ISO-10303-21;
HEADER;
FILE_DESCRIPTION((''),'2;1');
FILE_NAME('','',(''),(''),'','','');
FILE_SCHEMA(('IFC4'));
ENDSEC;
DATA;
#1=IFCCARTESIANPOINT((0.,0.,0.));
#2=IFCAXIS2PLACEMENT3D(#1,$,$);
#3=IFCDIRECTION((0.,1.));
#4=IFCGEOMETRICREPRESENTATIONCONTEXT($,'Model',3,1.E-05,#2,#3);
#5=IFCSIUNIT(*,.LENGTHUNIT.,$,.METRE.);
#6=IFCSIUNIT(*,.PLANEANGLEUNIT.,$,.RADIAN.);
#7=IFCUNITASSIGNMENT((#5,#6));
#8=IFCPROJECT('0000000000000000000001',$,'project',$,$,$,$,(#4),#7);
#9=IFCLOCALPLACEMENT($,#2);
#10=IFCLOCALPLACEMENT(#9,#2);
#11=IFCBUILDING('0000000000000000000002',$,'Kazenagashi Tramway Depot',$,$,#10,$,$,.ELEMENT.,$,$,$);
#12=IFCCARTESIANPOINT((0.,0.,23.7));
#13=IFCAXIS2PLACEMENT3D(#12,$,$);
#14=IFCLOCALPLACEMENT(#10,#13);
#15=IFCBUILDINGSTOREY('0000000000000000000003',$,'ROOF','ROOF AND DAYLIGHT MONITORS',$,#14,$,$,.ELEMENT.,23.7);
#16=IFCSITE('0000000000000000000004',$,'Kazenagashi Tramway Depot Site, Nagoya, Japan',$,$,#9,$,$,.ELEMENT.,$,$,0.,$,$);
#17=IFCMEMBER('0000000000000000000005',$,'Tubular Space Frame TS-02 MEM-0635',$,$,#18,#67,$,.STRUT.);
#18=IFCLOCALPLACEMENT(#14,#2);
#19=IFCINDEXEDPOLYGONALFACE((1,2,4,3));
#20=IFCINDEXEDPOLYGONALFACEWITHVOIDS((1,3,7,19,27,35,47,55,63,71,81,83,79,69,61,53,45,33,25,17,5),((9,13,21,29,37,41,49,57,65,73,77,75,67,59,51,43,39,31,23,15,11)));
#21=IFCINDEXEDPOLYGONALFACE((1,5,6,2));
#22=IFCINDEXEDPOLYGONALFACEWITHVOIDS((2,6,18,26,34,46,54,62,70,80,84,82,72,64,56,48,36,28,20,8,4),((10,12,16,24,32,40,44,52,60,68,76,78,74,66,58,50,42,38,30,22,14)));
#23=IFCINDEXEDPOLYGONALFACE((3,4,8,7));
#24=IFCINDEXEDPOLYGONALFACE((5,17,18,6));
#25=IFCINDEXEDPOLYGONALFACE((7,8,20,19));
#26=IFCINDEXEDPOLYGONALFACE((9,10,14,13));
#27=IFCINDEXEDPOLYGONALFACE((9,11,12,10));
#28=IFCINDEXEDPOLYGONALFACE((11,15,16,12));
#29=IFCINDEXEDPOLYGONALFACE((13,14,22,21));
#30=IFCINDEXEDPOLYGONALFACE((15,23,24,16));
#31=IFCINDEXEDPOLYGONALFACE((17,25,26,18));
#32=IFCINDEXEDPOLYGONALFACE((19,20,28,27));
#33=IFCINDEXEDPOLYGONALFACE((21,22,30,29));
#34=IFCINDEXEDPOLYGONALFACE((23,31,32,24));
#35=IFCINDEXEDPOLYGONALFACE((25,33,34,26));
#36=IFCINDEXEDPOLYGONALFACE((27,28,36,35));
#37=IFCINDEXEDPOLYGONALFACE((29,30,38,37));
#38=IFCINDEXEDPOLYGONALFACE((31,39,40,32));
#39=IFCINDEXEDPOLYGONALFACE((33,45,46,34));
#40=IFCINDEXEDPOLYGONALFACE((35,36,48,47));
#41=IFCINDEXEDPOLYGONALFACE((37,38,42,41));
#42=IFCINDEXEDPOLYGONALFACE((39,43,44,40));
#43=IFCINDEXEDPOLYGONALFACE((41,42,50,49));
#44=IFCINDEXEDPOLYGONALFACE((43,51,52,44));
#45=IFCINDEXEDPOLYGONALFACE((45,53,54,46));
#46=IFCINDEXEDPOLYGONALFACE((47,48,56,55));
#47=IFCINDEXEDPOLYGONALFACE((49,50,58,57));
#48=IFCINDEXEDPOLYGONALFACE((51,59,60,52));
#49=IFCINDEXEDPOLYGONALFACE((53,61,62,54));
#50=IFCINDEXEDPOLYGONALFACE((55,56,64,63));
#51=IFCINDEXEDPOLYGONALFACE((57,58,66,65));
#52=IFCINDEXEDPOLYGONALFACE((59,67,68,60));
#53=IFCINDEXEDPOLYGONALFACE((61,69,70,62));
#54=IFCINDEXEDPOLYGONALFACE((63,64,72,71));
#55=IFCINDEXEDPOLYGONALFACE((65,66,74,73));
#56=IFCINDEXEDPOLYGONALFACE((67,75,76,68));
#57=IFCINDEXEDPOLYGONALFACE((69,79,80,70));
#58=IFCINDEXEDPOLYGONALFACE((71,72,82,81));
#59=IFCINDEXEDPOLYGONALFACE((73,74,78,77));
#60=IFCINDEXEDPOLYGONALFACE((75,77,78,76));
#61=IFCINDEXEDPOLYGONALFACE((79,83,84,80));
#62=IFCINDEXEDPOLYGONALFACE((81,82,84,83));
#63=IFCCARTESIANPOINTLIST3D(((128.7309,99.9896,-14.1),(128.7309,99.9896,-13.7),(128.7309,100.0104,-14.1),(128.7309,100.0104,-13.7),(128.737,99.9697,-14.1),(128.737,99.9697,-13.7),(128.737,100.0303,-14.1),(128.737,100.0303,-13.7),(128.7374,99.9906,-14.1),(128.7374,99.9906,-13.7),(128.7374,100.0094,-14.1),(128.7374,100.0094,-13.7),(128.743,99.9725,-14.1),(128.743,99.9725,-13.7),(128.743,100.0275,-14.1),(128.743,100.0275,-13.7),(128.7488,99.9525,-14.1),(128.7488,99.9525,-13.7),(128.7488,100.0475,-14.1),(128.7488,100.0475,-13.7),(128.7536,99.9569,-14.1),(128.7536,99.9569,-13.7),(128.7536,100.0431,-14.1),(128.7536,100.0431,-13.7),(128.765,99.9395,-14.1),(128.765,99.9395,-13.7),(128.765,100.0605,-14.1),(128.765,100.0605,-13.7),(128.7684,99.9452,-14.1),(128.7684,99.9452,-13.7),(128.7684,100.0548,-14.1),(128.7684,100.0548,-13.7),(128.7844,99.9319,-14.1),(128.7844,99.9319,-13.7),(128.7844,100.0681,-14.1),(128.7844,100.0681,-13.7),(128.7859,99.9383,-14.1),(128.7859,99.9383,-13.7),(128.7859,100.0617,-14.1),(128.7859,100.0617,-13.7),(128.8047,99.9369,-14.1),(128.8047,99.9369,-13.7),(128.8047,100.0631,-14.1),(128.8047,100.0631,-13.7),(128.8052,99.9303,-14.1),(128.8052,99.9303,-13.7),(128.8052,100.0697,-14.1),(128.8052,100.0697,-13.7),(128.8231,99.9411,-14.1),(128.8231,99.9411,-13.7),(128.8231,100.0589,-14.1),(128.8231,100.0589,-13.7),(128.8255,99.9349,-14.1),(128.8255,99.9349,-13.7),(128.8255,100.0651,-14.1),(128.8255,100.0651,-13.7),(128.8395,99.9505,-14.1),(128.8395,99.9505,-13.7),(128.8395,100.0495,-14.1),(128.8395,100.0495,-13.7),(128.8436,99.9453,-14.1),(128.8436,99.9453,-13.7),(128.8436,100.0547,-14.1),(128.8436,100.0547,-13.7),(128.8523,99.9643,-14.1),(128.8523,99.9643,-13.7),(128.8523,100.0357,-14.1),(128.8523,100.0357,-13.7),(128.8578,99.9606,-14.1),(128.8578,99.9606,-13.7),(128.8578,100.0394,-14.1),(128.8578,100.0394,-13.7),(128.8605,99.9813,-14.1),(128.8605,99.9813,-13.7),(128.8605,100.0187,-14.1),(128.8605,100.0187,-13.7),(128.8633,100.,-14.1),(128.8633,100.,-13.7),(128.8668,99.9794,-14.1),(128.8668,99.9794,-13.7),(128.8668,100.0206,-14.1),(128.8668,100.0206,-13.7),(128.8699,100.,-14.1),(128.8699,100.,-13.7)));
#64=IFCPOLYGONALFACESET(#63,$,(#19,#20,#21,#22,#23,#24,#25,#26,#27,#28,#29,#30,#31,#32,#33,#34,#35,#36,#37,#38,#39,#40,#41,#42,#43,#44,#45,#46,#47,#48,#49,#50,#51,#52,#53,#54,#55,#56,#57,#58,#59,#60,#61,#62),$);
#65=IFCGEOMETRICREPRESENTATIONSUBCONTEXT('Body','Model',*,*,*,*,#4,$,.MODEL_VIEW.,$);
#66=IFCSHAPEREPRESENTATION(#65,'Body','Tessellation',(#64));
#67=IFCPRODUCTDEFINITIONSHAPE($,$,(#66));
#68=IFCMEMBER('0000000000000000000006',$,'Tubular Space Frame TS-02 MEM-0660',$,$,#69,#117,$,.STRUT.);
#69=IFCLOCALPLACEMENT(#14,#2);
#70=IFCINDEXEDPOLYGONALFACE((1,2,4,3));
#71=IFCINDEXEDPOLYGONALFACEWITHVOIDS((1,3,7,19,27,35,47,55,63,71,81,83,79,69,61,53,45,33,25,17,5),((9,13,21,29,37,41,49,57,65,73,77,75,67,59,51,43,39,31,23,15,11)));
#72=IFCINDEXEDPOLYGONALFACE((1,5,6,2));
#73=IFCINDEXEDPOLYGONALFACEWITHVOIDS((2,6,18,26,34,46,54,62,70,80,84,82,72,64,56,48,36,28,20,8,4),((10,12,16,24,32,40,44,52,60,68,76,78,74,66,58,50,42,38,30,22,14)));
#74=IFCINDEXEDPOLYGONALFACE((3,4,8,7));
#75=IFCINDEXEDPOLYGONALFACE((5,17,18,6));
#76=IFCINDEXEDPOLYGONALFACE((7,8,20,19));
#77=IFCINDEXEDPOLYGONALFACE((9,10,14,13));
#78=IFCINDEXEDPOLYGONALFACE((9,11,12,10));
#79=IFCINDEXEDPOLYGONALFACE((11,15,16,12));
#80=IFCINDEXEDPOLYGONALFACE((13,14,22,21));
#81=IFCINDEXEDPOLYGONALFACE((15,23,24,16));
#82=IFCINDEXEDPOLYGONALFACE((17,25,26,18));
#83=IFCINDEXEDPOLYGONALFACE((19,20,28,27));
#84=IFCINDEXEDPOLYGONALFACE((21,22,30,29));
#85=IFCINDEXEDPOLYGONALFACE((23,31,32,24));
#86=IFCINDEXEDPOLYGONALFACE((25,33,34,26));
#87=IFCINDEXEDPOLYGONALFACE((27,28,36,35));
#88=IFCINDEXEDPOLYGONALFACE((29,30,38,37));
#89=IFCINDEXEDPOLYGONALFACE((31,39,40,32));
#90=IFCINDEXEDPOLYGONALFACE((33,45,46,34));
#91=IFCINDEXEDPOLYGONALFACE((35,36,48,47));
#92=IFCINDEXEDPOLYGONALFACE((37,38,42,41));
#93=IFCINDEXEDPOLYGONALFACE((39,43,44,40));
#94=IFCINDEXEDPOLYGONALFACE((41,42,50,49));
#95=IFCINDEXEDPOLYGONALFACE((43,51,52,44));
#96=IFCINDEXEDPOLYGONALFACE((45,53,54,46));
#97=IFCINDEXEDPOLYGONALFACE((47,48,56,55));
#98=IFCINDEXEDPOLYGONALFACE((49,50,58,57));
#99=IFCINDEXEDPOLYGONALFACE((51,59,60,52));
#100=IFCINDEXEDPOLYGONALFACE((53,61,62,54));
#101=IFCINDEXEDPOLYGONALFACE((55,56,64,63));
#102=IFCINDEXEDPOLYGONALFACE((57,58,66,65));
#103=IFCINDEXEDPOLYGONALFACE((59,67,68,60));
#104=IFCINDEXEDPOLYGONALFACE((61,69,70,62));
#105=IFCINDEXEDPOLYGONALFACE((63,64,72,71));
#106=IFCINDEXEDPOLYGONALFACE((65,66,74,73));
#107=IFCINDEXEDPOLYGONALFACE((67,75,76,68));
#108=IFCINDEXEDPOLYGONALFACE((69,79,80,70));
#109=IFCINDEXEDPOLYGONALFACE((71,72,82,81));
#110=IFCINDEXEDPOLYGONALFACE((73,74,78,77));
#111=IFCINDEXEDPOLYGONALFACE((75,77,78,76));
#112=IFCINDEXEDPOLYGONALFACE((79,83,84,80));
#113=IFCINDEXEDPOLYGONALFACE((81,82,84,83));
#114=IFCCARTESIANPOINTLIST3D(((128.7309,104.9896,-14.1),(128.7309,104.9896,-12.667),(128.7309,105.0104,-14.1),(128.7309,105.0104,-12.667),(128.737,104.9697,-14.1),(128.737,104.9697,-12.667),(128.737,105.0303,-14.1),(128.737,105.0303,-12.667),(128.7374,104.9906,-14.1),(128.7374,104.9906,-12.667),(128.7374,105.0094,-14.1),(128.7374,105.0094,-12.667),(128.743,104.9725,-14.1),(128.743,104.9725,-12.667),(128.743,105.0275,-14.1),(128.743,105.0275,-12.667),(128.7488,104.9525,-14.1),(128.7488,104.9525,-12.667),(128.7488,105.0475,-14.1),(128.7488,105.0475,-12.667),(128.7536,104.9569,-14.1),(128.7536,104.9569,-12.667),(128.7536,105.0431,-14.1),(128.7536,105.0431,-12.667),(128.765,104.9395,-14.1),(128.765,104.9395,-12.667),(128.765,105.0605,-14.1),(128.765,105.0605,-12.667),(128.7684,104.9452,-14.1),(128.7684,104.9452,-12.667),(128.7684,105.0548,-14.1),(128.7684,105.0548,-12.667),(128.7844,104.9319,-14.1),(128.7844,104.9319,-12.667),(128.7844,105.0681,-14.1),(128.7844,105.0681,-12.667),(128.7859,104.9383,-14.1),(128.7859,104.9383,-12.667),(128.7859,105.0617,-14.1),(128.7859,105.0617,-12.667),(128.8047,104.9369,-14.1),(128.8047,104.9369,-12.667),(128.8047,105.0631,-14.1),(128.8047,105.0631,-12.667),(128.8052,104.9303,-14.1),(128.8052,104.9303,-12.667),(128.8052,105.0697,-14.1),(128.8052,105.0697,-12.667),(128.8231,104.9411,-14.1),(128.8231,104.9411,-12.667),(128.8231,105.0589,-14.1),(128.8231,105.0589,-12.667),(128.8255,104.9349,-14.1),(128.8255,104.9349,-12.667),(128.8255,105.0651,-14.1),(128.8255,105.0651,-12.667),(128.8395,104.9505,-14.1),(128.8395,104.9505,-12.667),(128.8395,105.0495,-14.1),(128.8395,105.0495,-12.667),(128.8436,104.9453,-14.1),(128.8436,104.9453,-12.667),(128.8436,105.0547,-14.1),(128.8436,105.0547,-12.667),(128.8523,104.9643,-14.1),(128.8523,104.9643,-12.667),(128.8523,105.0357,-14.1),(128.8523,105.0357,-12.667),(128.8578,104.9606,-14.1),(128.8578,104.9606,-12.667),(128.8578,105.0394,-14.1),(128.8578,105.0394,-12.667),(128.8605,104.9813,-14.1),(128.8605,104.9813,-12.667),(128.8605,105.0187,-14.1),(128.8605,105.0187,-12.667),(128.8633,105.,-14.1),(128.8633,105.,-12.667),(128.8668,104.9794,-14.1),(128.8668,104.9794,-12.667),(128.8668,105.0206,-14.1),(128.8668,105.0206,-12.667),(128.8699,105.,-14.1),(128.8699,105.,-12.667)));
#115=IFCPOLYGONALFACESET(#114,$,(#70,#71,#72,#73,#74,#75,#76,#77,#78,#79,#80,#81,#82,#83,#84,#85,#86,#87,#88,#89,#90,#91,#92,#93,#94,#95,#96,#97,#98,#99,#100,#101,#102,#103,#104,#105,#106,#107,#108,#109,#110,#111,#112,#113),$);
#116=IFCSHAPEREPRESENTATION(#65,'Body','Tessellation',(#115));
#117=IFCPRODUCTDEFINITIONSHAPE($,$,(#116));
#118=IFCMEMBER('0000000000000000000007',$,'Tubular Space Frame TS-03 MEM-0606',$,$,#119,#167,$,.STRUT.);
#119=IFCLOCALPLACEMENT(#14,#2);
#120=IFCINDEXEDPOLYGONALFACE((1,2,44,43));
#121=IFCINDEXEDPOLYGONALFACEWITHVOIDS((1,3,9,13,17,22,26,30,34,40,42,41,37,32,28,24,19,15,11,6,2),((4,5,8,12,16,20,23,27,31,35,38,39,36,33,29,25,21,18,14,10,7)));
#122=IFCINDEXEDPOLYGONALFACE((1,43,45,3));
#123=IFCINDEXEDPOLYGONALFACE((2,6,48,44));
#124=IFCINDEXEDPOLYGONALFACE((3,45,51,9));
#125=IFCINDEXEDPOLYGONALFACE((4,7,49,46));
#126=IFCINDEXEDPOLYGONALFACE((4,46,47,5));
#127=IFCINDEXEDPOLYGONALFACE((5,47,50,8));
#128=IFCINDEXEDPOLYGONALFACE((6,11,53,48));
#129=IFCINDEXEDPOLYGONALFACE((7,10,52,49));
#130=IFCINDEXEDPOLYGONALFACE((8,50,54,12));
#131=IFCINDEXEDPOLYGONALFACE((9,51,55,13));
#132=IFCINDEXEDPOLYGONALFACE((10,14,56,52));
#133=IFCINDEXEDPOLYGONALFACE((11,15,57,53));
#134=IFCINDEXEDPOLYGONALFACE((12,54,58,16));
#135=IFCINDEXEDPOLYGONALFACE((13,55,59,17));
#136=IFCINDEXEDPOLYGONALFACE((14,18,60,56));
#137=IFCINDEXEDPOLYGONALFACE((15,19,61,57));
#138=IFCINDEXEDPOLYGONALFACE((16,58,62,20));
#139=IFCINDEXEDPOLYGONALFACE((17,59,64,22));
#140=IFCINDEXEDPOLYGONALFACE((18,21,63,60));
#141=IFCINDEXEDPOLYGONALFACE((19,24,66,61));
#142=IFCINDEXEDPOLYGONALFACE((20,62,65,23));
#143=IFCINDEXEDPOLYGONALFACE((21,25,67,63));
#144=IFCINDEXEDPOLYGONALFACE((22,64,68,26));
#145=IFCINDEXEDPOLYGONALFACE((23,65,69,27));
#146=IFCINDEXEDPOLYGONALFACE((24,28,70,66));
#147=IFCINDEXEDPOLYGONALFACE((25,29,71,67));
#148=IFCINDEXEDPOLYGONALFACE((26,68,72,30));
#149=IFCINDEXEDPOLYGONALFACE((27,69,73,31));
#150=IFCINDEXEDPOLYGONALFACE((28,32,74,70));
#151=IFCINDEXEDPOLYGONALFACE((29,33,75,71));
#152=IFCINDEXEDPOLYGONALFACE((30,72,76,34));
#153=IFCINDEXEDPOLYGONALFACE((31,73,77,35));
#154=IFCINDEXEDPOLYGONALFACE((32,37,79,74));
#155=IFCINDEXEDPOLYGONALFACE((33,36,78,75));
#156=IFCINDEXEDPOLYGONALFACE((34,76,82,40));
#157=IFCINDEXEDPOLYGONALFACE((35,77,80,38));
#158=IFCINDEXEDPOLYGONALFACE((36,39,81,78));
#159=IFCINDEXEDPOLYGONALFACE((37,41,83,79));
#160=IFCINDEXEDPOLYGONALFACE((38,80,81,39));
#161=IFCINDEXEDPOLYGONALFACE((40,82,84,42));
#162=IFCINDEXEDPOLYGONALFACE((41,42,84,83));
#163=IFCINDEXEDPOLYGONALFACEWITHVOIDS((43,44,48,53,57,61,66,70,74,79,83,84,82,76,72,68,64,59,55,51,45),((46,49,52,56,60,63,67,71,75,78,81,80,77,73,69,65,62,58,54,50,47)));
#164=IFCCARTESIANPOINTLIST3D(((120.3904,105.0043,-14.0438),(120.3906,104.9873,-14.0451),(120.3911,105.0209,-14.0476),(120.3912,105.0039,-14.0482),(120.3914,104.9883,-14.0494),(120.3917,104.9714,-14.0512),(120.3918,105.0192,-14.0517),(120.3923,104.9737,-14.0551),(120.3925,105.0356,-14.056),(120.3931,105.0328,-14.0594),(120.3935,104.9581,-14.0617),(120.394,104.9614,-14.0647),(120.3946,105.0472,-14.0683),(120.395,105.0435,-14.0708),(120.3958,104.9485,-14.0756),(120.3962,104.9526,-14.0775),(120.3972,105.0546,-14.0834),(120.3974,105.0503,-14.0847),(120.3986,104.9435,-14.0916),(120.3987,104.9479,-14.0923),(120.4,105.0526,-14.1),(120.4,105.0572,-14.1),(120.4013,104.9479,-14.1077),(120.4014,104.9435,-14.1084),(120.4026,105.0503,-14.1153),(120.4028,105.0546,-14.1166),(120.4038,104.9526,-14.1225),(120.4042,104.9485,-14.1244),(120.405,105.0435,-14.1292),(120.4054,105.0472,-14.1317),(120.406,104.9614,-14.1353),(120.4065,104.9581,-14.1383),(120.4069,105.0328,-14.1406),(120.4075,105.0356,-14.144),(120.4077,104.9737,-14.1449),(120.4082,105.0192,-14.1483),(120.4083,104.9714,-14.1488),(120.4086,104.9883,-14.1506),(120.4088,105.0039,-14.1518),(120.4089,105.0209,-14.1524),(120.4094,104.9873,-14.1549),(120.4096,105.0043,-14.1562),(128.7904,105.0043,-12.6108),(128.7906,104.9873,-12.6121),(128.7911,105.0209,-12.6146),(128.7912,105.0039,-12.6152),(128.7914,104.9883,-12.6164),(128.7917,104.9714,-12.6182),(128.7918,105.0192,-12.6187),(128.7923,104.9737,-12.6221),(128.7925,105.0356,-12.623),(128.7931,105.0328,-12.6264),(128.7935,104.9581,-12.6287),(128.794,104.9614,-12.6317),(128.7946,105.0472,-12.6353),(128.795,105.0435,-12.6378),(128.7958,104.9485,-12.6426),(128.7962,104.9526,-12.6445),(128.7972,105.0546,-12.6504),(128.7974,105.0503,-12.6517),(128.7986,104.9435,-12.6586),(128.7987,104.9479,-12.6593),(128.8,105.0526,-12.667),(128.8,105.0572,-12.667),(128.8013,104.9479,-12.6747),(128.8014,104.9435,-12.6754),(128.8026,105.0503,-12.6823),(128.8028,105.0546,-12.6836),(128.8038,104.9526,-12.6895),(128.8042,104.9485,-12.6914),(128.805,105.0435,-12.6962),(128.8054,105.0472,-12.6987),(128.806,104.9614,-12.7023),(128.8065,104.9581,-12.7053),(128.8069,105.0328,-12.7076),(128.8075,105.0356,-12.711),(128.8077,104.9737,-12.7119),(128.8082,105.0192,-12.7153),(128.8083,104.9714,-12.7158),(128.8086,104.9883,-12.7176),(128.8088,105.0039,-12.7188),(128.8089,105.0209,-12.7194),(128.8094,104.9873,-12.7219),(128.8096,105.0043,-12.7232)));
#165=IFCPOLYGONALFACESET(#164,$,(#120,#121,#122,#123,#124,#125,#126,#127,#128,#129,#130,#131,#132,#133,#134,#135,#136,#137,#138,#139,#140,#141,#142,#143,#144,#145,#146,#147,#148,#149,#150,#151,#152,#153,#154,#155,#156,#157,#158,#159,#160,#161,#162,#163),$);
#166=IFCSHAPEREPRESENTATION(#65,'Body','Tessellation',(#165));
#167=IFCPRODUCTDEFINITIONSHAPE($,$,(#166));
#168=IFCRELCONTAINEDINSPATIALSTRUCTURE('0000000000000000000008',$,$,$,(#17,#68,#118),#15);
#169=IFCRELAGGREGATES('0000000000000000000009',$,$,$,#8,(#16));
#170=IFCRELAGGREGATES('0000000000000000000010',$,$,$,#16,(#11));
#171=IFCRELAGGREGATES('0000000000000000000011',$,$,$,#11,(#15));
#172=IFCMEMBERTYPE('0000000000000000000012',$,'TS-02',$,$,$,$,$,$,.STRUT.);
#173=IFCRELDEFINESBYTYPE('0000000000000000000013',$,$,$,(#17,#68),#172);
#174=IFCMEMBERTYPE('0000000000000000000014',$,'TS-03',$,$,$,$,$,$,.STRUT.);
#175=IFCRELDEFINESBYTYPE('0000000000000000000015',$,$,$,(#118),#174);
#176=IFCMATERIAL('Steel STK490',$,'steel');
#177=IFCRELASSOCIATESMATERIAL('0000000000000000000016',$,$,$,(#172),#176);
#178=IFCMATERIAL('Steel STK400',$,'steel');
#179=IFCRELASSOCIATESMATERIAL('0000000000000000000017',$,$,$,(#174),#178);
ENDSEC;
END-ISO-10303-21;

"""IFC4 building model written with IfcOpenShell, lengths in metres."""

from ifc_helpers import new_model, si_unit, direction, frame, origin, origin_2d, place, context, subcontext, project, spatial, hollow_circle, extrude, material, material_profile, profile_set, type_object, element, save


model = new_model("IFC4")

# Units and contexts
model_context = context("Model", 3, precision=1e-05, world=origin(), true_north=direction((0.0, 1.0)))
body_context = subcontext(model_context, "Body", "Model", "MODEL_VIEW")
ifc_project = project(units=[si_unit("LENGTHUNIT", "METRE"), si_unit("PLANEANGLEUNIT", "RADIAN")], contexts=[model_context])

# Site, building, storey
site_placement = place(None, origin())
site = spatial("IfcSite", under=ifc_project, at=site_placement, Name="Kazenagashi Tramway Depot Site, Nagoya, Japan", CompositionType="ELEMENT", RefElevation=0.0)
building_placement = place(site_placement, origin())
building = spatial("IfcBuilding", under=site, at=building_placement, Name="Kazenagashi Tramway Depot", CompositionType="ELEMENT")
storey_placement = place(building_placement, frame((0.0, 0.0, 23.7)))
storey = spatial("IfcBuildingStorey", under=building, at=storey_placement, Name="ROOF", Description="ROOF AND DAYLIGHT MONITORS", CompositionType="ELEMENT", Elevation=23.7)

# Members
ifc_material_1 = material(Name="Steel STK490", Category="steel")
ifc_material_profile_1 = material_profile(ifc_material_1, hollow_circle(Radius=0.0699, WallThickness=0.0066, at=origin_2d()), Name="CHS-139.8x6.6")
ifc_profile_set_1 = profile_set([ifc_material_profile_1], Name="Steel STK490")
member_type_1 = type_object("IfcMemberType", Name="TS-02", PredefinedType="STRUT", material=ifc_profile_set_1)
member_1_placement = place(storey_placement, frame((128.8, 100.0, -14.1), z_axis=(0.0, 0.0, 1.0), x_axis=(1.0, 0.0, 0.0)))
element("IfcMember", 1, at=member_1_placement, inside=storey, type_object=member_type_1, Name="Tubular Space Frame TS-02 MEM-0635", PredefinedType="STRUT", context=body_context, shape_type="SweptSolid", body=[
    extrude(hollow_circle(Radius=0.0699, WallThickness=0.0066, at=origin_2d()), origin(), (0.0, 0.0, 1.0), 0.4),
])
member_2_placement = place(storey_placement, frame((128.8, 105.0, -14.1), z_axis=(0.0, 0.0, 1.0), x_axis=(1.0, 0.0, 0.0)))
element("IfcMember", 2, at=member_2_placement, inside=storey, type_object=member_type_1, Name="Tubular Space Frame TS-02 MEM-0660", PredefinedType="STRUT", context=body_context, shape_type="SweptSolid", body=[
    extrude(hollow_circle(Radius=0.0699, WallThickness=0.0066, at=origin_2d()), origin(), (0.0, 0.0, 1.0), 1.433),
])
ifc_material_2 = material(Name="Steel STK400", Category="steel")
ifc_material_profile_2 = material_profile(ifc_material_2, hollow_circle(Radius=0.0571, WallThickness=0.0045, at=origin_2d()), Name="CHS-114.3x4.5")
ifc_profile_set_2 = profile_set([ifc_material_profile_2], Name="Steel STK400")
member_type_2 = type_object("IfcMemberType", Name="TS-03", PredefinedType="STRUT", material=ifc_profile_set_2)
member_3_placement = place(storey_placement, frame((120.4, 105.0, -14.1), z_axis=(0.985759, 0.0, 0.168166), x_axis=(0.0, 1.0, 0.0)))
element("IfcMember", 3, at=member_3_placement, inside=storey, type_object=member_type_2, Name="Tubular Space Frame TS-03 MEM-0606", PredefinedType="STRUT", context=body_context, shape_type="SweptSolid", body=[
    extrude(hollow_circle(Radius=0.0571, WallThickness=0.0045, at=origin_2d()), origin(), (0.0, 0.0, 1.0), 8.5214),
])

save(model, "model.ifc")
